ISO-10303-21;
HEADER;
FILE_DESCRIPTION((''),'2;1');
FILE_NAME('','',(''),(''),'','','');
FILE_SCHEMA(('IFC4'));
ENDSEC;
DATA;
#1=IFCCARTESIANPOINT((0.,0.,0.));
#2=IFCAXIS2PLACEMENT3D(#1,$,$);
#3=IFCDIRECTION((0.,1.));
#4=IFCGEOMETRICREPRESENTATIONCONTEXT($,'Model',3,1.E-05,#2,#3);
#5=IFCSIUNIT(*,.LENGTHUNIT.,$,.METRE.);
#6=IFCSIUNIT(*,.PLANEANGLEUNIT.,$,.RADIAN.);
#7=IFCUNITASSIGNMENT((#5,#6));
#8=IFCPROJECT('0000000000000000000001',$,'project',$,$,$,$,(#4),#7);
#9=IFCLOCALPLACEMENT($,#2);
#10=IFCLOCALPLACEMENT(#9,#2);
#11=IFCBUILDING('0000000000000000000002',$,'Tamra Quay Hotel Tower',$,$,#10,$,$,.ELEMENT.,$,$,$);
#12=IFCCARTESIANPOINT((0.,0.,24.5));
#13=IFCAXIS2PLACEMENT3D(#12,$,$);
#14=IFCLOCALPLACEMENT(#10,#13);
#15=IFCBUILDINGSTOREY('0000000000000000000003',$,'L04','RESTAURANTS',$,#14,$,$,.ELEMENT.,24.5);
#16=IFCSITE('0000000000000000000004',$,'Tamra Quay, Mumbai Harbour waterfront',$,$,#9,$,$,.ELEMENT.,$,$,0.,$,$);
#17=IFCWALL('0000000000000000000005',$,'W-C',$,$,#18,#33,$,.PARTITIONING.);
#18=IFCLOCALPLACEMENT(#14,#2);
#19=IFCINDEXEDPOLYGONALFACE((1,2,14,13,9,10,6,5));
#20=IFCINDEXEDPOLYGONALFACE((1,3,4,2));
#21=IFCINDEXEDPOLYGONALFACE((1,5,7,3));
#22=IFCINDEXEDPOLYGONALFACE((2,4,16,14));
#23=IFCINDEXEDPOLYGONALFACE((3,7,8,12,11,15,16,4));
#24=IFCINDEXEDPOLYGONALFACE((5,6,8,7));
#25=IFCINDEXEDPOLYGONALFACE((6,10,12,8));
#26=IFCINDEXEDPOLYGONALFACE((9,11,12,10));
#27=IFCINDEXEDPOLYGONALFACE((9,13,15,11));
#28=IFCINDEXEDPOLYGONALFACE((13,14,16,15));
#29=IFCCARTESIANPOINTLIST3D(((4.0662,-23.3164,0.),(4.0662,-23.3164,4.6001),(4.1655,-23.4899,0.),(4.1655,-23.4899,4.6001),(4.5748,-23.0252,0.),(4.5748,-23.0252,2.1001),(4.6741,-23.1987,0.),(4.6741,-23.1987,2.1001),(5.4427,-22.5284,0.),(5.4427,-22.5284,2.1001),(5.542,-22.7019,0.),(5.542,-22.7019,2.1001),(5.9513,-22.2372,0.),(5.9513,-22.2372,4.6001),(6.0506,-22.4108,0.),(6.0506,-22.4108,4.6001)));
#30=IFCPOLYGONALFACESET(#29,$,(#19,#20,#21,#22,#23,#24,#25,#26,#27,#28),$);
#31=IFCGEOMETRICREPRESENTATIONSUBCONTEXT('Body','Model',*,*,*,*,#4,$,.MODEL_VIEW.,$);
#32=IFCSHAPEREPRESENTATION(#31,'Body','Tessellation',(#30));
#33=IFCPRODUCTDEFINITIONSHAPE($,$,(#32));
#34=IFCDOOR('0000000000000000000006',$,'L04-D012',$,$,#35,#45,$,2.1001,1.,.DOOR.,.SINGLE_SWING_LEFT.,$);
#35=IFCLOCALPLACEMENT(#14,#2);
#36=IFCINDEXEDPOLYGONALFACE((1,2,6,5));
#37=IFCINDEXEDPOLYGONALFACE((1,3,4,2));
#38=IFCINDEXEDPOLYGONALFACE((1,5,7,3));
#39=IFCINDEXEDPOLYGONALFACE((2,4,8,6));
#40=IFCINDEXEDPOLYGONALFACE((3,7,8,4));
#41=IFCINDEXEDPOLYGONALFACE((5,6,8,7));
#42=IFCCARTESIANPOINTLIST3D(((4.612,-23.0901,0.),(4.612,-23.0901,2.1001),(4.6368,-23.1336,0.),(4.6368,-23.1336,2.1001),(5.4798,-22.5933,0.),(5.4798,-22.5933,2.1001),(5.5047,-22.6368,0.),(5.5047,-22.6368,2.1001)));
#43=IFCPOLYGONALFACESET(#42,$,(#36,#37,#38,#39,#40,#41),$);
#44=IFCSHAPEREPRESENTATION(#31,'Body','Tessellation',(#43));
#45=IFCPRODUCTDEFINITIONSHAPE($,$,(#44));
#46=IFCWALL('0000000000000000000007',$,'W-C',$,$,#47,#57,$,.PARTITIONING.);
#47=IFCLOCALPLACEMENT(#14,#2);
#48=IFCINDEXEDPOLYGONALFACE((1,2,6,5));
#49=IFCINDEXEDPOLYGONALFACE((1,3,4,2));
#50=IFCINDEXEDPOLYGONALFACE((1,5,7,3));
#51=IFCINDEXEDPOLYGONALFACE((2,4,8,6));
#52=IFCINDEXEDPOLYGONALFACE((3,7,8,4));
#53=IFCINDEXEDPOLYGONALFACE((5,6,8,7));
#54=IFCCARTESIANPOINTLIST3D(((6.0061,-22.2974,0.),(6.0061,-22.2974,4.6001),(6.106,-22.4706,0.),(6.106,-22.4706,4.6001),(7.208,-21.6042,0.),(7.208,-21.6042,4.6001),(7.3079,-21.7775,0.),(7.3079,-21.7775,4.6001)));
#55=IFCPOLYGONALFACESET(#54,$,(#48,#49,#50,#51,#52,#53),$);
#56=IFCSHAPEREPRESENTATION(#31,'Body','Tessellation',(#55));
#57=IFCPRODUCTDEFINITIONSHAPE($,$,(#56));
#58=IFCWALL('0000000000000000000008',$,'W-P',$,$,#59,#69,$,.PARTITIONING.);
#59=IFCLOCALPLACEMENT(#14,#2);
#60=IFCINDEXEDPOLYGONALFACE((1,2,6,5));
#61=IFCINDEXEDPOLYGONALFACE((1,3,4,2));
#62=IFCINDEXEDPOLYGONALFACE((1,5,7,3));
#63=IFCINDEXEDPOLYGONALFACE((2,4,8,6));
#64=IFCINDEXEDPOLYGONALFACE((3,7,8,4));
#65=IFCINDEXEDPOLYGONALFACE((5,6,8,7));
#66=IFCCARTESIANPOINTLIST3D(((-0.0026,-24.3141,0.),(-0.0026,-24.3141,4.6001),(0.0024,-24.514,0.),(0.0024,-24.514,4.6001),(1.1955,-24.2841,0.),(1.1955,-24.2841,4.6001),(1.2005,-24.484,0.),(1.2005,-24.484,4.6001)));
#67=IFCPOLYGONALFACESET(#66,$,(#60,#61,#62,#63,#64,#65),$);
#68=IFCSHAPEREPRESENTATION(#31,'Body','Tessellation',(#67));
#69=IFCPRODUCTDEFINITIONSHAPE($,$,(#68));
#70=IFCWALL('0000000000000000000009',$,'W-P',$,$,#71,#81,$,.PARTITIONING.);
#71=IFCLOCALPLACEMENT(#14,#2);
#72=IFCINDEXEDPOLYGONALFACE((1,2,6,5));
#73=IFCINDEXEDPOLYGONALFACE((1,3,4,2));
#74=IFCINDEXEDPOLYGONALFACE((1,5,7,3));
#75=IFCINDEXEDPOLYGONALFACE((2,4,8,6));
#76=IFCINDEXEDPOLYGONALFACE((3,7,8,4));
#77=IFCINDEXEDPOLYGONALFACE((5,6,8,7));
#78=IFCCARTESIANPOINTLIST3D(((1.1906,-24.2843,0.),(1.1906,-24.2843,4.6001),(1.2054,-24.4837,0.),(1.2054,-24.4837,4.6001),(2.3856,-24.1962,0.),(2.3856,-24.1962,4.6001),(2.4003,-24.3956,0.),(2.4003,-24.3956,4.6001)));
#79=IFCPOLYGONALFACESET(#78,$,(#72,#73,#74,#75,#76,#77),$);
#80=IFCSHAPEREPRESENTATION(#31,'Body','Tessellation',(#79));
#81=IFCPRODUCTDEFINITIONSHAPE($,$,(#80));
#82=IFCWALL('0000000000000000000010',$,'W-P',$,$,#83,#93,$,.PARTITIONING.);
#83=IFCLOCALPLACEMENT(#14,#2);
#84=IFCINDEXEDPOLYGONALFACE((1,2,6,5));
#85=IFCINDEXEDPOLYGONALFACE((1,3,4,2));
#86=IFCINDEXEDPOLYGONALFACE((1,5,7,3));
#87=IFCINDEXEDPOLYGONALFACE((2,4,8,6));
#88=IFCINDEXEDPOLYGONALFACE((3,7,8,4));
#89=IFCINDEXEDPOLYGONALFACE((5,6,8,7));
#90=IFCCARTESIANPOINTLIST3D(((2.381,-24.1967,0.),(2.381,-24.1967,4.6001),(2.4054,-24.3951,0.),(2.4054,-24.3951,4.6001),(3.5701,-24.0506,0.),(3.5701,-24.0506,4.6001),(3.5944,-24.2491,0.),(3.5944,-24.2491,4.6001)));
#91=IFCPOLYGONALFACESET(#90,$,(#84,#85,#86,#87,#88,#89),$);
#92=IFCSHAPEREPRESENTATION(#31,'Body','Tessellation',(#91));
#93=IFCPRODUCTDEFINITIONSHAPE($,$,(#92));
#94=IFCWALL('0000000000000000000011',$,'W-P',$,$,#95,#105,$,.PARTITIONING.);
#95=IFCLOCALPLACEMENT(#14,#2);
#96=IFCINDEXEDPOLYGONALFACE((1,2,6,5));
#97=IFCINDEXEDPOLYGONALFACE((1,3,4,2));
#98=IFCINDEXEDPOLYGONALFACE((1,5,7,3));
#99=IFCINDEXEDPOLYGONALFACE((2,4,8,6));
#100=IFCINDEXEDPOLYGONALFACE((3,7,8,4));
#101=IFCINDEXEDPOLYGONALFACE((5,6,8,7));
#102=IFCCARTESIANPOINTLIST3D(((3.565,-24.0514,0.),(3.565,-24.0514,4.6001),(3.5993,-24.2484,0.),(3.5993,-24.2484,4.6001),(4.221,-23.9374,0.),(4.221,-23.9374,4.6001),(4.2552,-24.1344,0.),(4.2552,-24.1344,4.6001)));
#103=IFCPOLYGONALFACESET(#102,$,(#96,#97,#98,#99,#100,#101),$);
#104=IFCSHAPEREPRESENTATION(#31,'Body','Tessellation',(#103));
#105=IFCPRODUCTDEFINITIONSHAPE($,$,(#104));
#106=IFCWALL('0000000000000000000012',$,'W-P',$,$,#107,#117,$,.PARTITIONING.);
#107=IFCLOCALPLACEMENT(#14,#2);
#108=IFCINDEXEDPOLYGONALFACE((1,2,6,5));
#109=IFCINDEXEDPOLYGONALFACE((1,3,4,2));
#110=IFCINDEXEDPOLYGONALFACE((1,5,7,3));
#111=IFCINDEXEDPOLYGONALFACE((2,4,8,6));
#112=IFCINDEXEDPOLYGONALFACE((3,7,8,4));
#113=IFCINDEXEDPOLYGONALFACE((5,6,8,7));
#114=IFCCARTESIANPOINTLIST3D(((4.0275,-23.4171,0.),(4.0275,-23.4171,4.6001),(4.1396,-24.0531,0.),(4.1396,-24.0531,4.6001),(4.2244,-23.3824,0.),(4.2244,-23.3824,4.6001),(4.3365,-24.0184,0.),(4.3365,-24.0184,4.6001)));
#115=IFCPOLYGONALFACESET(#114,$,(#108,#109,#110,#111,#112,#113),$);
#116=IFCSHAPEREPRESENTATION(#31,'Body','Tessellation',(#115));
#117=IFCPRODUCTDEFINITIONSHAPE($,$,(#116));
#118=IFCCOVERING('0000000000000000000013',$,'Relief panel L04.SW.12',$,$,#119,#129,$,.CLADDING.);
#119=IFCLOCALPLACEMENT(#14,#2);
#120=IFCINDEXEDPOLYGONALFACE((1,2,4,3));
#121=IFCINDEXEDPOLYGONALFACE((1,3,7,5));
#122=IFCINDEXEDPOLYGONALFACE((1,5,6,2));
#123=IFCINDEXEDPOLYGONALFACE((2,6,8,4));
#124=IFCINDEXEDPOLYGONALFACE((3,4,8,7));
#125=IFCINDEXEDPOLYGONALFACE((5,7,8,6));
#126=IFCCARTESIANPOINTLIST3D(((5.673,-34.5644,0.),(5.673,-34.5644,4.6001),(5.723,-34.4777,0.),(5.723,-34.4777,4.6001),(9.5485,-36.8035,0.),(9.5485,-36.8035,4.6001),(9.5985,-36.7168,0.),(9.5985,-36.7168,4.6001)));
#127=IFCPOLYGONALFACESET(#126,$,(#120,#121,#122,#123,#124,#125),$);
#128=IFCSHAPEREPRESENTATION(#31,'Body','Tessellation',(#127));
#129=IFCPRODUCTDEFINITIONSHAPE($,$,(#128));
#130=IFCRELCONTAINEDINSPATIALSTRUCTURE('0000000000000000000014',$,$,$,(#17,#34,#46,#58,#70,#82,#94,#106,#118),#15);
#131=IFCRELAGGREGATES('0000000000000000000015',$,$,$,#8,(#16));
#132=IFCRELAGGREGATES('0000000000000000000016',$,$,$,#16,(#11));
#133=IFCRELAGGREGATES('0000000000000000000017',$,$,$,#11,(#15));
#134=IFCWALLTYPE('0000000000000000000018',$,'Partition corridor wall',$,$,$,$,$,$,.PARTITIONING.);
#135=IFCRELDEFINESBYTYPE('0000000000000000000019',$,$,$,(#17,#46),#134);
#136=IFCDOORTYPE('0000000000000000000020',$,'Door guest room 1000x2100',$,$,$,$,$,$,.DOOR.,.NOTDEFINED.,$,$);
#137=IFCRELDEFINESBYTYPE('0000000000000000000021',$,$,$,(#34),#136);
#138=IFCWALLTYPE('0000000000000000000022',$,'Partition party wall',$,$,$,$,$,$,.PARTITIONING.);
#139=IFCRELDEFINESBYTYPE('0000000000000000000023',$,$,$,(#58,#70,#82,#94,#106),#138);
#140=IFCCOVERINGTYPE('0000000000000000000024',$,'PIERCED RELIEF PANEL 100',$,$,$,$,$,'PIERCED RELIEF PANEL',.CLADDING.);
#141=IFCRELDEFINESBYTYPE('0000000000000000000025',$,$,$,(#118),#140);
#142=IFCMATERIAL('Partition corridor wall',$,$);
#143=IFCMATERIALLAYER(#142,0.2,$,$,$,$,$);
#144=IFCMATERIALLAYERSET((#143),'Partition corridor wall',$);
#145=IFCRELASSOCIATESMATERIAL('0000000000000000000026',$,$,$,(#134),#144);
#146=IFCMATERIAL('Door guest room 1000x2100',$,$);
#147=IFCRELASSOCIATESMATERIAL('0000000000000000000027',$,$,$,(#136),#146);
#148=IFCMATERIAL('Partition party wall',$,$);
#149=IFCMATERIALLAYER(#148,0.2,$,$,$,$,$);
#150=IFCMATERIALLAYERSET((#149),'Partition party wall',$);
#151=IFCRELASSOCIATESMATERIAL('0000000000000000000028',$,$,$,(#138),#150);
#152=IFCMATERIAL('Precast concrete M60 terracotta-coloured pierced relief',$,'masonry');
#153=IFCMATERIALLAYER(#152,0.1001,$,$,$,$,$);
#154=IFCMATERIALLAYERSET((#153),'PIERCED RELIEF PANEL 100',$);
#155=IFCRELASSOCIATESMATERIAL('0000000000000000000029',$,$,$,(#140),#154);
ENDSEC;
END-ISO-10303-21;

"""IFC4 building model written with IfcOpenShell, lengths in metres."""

from ifc_helpers import new_model, si_unit, direction, frame, frame_2d, origin, origin_2d, place, context, subcontext, project, spatial, rectangle, extrude, material, layer, layer_set, type_object, element, fill, save


model = new_model("IFC4")

# Units and contexts
model_context = context("Model", 3, precision=1e-05, world=origin(), true_north=direction((0.0, 1.0)))
body_context = subcontext(model_context, "Body", "Model", "MODEL_VIEW")
ifc_project = project(units=[si_unit("LENGTHUNIT", "METRE"), si_unit("PLANEANGLEUNIT", "RADIAN")], contexts=[model_context])

# Site, building, storey
site_placement = place(None, origin())
site = spatial("IfcSite", under=ifc_project, at=site_placement, Name="Tamra Quay, Mumbai Harbour waterfront", CompositionType="ELEMENT", RefElevation=0.0)
building_placement = place(site_placement, origin())
building = spatial("IfcBuilding", under=site, at=building_placement, Name="Tamra Quay Hotel Tower", CompositionType="ELEMENT")
storey_placement = place(building_placement, frame((0.0, 0.0, 24.5)))
storey = spatial("IfcBuildingStorey", under=building, at=storey_placement, Name="L04", Description="RESTAURANTS", CompositionType="ELEMENT", Elevation=24.5)

# Shared definitions
ifc_material_1 = material(Name="Partition corridor wall")
ifc_layer_1 = layer(ifc_material_1, 0.2)
ifc_layer_set_1 = layer_set([ifc_layer_1], Name="Partition corridor wall")
wall_type_1 = type_object("IfcWallType", Name="Partition corridor wall", PredefinedType="PARTITIONING", material=ifc_layer_set_1)

# Wall, opening, door
wall_1_placement = place(storey_placement, frame((4.116, -23.4031, 0.0), z_axis=(0.0, 0.0, 1.0), x_axis=(0.867856, 0.496817, 0.0)))
wall_1 = element("IfcWall", 1, at=wall_1_placement, inside=storey, type_object=wall_type_1, Name="W-C", PredefinedType="PARTITIONING", context=body_context, shape_type="SweptSolid", body=[
    extrude(rectangle(XDim=2.1721, YDim=0.2, at=frame_2d((1.0859, 0.0))), origin(), (0.0, 0.0, 1.0), 4.6001),
])
opening_1_placement = place(wall_1_placement, frame((0.5859, 0.0, 0.0)))
opening_1 = element("IfcOpeningElement", 2, at=opening_1_placement, cuts=wall_1, PredefinedType="OPENING", context=body_context, shape_type="SweptSolid", body=[
    extrude(rectangle(XDim=1.0, YDim=2.1001, at=frame_2d((0.5, 1.05))), frame((0.0, 0.1099, 0.0), z_axis=(0.0, -1.0, 0.0), x_axis=(1.0, 0.0, 0.0)), (0.0, 0.0, 1.0), 0.22),
])
ifc_material_2 = material(Name="Door guest room 1000x2100")
door_type_1 = type_object("IfcDoorType", Name="Door guest room 1000x2100", OperationType="NOTDEFINED", PredefinedType="DOOR", material=ifc_material_2)
door_1_placement = place(opening_1_placement, frame((1.0, 0.0, 0.0), z_axis=(0.0, 0.0, 1.0), x_axis=(-1.0, 0.0, 0.0)))
door_1 = element("IfcDoor", 3, at=door_1_placement, inside=storey, type_object=door_type_1, Name="L04-D012", OperationType="SINGLE_SWING_LEFT", OverallHeight=2.1001, OverallWidth=1.0, PredefinedType="DOOR", context=body_context, shape_type="SweptSolid", body=[
    extrude(rectangle(XDim=1.0, YDim=2.1001, at=frame_2d((0.5, 1.05))), frame((0.0, 0.0249, 0.0), z_axis=(0.0, -1.0, 0.0), x_axis=(1.0, 0.0, 0.0)), (0.0, 0.0, 1.0), 0.05),
])
fill(opening_1, door_1)

# Walls
wall_2_placement = place(storey_placement, frame((6.0559, -22.384, 0.0), z_axis=(0.0, 0.0, 1.0), x_axis=(0.866276, 0.499565, 0.0)))
element("IfcWall", 4, at=wall_2_placement, inside=storey, type_object=wall_type_1, Name="W-C", PredefinedType="PARTITIONING", context=body_context, shape_type="SweptSolid", body=[
    extrude(rectangle(XDim=1.3875, YDim=0.2, at=frame_2d((0.6938, 0.0))), origin(), (0.0, 0.0, 1.0), 4.6001),
])
ifc_material_3 = material(Name="Partition party wall")
ifc_layer_2 = layer(ifc_material_3, 0.2)
ifc_layer_set_2 = layer_set([ifc_layer_2], Name="Partition party wall")
wall_type_2 = type_object("IfcWallType", Name="Partition party wall", PredefinedType="PARTITIONING", material=ifc_layer_set_2)
wall_3_placement = place(storey_placement, frame((0.0, -24.4141, 0.0), z_axis=(0.0, 0.0, 1.0), x_axis=(0.999686, 0.025058, 0.0)))
element("IfcWall", 5, at=wall_3_placement, inside=storey, type_object=wall_type_2, Name="W-P", PredefinedType="PARTITIONING", context=body_context, shape_type="SweptSolid", body=[
    extrude(rectangle(XDim=1.1985, YDim=0.2, at=frame_2d((0.5991, 0.0))), origin(), (0.0, 0.0, 1.0), 4.6001),
])
wall_4_placement = place(storey_placement, frame((1.198, -24.384, 0.0), z_axis=(0.0, 0.0, 1.0), x_axis=(0.997292, 0.073549, 0.0)))
element("IfcWall", 6, at=wall_4_placement, inside=storey, type_object=wall_type_2, Name="W-P", PredefinedType="PARTITIONING", context=body_context, shape_type="SweptSolid", body=[
    extrude(rectangle(XDim=1.1982, YDim=0.2, at=frame_2d((0.5991, 0.0))), origin(), (0.0, 0.0, 1.0), 4.6001),
])
wall_5_placement = place(storey_placement, frame((2.3931, -24.2959, 0.0), z_axis=(0.0, 0.0, 1.0), x_axis=(0.992545, 0.121877, 0.0)))
element("IfcWall", 7, at=wall_5_placement, inside=storey, type_object=wall_type_2, Name="W-P", PredefinedType="PARTITIONING", context=body_context, shape_type="SweptSolid", body=[
    extrude(rectangle(XDim=1.198, YDim=0.2, at=frame_2d((0.5991, 0.0))), origin(), (0.0, 0.0, 1.0), 4.6001),
])
wall_6_placement = place(storey_placement, frame((3.582, -24.1499, 0.0), z_axis=(0.0, 0.0, 1.0), x_axis=(0.985231, 0.171233, 0.0)))
element("IfcWall", 8, at=wall_6_placement, inside=storey, type_object=wall_type_2, Name="W-P", PredefinedType="PARTITIONING", context=body_context, shape_type="SweptSolid", body=[
    extrude(rectangle(XDim=0.6658, YDim=0.2, at=frame_2d((0.333, 0.0))), origin(), (0.0, 0.0, 1.0), 4.6001),
])
wall_7_placement = place(storey_placement, frame((4.126, -23.3999, 0.0), z_axis=(0.0, 0.0, 1.0), x_axis=(0.173527, -0.984829, 0.0)))
element("IfcWall", 9, at=wall_7_placement, inside=storey, type_object=wall_type_2, Name="W-P", PredefinedType="PARTITIONING", context=body_context, shape_type="SweptSolid", body=[
    extrude(rectangle(XDim=0.6458, YDim=0.2, at=frame_2d((0.3228, 0.0))), origin(), (0.0, 0.0, 1.0), 4.6001),
])

# Covering
ifc_material_4 = material(Name="Precast concrete M60 terracotta-coloured pierced relief", Category="masonry")
ifc_layer_3 = layer(ifc_material_4, 0.1001)
ifc_layer_set_3 = layer_set([ifc_layer_3], Name="PIERCED RELIEF PANEL 100")
covering_type_1 = type_object("IfcCoveringType", Name="PIERCED RELIEF PANEL 100", ElementType="PIERCED RELIEF PANEL", PredefinedType="CLADDING", material=ifc_layer_set_3)
covering_1_placement = place(storey_placement, frame((7.6357, -35.6406, 0.0), z_axis=(0.0, 0.0, 1.0), x_axis=(0.865872, -0.500265, 0.0)))
element("IfcCovering", 10, at=covering_1_placement, inside=storey, type_object=covering_type_1, Name="Relief panel L04.SW.12", PredefinedType="CLADDING", context=body_context, shape_type="SweptSolid", body=[
    extrude(rectangle(XDim=4.4758, YDim=0.1001, at=origin_2d()), origin(), (0.0, 0.0, 1.0), 4.6001),
])

save(model, "model.ifc")
